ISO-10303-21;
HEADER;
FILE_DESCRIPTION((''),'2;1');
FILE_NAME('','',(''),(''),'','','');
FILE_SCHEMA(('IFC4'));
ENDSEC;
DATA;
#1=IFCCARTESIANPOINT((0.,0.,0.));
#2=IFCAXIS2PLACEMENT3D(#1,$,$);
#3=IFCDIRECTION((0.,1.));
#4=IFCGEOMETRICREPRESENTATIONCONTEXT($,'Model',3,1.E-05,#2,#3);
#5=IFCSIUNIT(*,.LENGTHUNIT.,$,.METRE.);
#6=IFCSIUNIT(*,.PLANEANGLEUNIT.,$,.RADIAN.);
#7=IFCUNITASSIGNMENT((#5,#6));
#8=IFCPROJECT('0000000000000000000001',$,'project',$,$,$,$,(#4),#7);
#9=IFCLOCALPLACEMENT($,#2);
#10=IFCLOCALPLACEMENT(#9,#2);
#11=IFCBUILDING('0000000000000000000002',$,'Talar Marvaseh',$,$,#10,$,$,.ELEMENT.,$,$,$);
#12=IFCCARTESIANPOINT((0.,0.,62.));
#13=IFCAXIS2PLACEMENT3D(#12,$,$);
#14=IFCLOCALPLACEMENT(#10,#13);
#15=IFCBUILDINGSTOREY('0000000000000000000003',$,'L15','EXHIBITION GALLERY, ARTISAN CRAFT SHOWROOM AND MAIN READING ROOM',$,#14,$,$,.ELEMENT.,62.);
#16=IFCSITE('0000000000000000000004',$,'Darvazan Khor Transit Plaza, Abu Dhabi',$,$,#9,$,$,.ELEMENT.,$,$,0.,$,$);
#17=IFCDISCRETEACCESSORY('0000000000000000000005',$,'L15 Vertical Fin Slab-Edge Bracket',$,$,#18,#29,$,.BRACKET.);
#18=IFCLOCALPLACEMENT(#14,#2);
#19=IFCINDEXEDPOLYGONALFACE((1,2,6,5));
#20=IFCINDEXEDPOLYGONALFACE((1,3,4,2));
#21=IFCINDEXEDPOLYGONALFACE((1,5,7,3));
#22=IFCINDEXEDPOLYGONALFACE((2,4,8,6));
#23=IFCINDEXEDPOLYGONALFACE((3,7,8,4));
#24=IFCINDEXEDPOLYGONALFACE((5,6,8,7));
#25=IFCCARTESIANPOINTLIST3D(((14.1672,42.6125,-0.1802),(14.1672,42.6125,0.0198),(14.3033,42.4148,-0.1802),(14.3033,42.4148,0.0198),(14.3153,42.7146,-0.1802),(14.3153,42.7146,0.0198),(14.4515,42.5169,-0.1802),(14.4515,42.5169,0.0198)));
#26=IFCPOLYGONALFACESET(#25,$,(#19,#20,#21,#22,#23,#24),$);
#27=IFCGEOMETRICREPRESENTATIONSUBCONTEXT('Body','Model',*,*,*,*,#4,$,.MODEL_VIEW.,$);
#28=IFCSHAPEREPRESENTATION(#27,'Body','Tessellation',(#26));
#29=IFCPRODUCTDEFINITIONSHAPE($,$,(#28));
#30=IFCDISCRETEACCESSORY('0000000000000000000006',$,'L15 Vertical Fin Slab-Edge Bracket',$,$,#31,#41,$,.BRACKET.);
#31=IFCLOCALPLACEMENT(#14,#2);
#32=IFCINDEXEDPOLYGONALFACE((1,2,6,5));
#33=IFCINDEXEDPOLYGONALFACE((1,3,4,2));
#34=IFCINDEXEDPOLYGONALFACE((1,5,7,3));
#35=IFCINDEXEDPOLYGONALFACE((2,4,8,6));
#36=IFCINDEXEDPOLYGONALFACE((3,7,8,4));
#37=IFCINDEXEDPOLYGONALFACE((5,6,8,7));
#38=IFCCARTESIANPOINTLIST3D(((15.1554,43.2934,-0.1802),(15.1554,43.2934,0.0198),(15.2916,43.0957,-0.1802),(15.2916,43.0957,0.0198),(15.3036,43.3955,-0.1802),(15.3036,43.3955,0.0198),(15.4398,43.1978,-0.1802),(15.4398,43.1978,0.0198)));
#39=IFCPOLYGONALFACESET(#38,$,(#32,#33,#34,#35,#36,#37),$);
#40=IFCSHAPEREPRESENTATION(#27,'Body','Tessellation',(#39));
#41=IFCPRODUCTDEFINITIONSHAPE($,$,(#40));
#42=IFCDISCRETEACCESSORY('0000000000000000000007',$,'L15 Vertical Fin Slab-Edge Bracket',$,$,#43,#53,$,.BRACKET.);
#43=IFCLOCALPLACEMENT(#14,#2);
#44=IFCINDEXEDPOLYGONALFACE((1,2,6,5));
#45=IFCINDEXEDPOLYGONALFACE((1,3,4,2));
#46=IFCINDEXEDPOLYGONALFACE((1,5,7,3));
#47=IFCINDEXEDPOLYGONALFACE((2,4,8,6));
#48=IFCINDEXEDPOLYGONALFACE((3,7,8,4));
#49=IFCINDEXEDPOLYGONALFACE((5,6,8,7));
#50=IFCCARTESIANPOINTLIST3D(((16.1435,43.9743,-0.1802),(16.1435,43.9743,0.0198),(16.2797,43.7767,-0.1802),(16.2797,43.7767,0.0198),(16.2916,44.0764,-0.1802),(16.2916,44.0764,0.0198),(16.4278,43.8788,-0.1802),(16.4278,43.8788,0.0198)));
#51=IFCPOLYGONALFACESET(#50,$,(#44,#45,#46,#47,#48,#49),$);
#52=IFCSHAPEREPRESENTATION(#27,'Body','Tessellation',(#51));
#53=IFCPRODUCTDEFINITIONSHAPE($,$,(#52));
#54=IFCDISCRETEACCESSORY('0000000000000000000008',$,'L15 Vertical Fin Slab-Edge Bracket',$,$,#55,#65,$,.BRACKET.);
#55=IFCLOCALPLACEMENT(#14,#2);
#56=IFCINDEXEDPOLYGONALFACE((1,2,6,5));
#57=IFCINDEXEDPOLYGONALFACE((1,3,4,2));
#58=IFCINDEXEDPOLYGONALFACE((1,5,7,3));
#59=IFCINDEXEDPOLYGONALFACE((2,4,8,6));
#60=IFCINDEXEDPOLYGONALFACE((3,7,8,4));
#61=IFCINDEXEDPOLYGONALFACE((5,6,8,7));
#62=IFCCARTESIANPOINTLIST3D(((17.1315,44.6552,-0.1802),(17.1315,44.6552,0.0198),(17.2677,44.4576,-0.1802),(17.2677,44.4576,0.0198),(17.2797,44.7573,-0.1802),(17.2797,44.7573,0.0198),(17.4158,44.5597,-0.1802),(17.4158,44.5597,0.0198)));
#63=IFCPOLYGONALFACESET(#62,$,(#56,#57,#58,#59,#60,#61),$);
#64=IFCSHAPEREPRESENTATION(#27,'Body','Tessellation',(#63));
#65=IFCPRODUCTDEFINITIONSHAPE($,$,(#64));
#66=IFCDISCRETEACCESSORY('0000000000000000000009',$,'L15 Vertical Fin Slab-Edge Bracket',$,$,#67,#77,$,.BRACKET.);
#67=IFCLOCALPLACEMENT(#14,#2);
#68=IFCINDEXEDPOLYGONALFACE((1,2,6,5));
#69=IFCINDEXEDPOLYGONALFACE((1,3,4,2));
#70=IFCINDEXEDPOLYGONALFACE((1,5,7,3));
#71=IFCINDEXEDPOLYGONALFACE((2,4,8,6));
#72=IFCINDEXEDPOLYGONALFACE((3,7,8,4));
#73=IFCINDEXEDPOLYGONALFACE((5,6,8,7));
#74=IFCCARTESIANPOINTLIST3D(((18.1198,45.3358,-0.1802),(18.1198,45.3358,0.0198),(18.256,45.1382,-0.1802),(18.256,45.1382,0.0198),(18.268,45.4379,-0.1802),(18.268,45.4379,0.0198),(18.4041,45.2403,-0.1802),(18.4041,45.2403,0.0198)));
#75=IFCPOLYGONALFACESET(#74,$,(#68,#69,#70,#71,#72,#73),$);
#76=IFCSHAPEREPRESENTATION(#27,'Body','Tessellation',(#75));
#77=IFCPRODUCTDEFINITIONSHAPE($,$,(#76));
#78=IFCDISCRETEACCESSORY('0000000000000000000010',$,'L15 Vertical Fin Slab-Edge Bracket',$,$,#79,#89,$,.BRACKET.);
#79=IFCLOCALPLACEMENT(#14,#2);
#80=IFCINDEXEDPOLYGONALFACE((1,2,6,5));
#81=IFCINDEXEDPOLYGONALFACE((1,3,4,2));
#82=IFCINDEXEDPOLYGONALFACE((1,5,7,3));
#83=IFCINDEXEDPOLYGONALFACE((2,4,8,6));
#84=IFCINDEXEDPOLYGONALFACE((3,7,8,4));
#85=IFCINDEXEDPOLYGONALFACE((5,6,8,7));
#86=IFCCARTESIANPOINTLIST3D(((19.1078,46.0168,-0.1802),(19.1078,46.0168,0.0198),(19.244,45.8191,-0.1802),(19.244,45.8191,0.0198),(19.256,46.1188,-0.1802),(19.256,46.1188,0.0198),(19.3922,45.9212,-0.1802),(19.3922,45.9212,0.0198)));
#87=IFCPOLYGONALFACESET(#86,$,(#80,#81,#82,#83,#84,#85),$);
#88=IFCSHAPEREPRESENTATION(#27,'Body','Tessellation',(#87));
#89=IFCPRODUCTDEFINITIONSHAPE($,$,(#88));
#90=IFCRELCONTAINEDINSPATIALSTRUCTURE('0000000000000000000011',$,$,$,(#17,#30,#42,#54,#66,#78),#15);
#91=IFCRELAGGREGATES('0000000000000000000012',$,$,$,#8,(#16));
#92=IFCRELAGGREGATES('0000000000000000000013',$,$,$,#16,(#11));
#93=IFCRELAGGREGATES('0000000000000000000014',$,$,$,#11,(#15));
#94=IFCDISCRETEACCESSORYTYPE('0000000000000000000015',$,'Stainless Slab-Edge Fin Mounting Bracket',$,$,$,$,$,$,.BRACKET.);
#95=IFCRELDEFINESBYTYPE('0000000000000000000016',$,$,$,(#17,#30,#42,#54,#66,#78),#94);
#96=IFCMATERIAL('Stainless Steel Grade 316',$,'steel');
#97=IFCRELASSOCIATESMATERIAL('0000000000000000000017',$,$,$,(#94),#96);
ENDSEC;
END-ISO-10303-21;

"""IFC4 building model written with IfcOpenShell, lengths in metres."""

from ifc_helpers import new_model, si_unit, direction, frame, origin, origin_2d, place, context, subcontext, project, spatial, rectangle, extrude, source, transform, mapped, material, type_object, type_shapes, element, save


model = new_model("IFC4")

# Units and contexts
model_context = context("Model", 3, precision=1e-05, world=origin(), true_north=direction((0.0, 1.0)))
body_context = subcontext(model_context, "Body", "Model", "MODEL_VIEW")
ifc_project = project(units=[si_unit("LENGTHUNIT", "METRE"), si_unit("PLANEANGLEUNIT", "RADIAN")], contexts=[model_context])

# Site, building, storey
site_placement = place(None, origin())
site = spatial("IfcSite", under=ifc_project, at=site_placement, Name="Darvazan Khor Transit Plaza, Abu Dhabi", CompositionType="ELEMENT", RefElevation=0.0)
building_placement = place(site_placement, origin())
building = spatial("IfcBuilding", under=site, at=building_placement, Name="Talar Marvaseh", CompositionType="ELEMENT")
storey_placement = place(building_placement, frame((0.0, 0.0, 62.0)))
storey = spatial("IfcBuildingStorey", under=building, at=storey_placement, Name="L15", Description="EXHIBITION GALLERY, ARTISAN CRAFT SHOWROOM AND MAIN READING ROOM", CompositionType="ELEMENT", Elevation=62.0)

# Discrete accessories
ifc_material_1 = material(Name="Stainless Steel Grade 316", Category="steel")
discrete_accessory_type = type_object("IfcDiscreteAccessoryType", Name="Stainless Slab-Edge Fin Mounting Bracket", PredefinedType="BRACKET", material=ifc_material_1)
shared_shape_1 = source(origin(), body_context, "Body", "SweptSolid", [
    extrude(rectangle(XDim=0.24, YDim=0.1799, at=origin_2d()), origin(), (0.0, 0.0, 1.0), 0.2),
])
type_shapes(discrete_accessory_type, [shared_shape_1])
for number, where, z_axis, x_axis, name in (
    (1, (14.3093, 42.5647, -0.1802), (0.0, 0.0, 1.0), (-0.567413, 0.823434, 0.0), "L15 Vertical Fin Slab-Edge Bracket"),
    (2, (15.2976, 43.2456, -0.1802), (0.0, 0.0, 1.0), (-0.567413, 0.823434, 0.0), "L15 Vertical Fin Slab-Edge Bracket"),
    (3, (16.2856, 43.9265, -0.1802), (0.0, 0.0, 1.0), (-0.567413, 0.823434, 0.0), "L15 Vertical Fin Slab-Edge Bracket"),
    (4, (17.2737, 44.6074, -0.1802), (0.0, 0.0, 1.0), (-0.567413, 0.823434, 0.0), "L15 Vertical Fin Slab-Edge Bracket"),
    (5, (18.262, 45.2881, -0.1802), (0.0, 0.0, 1.0), (-0.567413, 0.823434, 0.0), "L15 Vertical Fin Slab-Edge Bracket"),
    (6, (19.25, 45.969, -0.1802), (0.0, 0.0, 1.0), (-0.567413, 0.823434, 0.0), "L15 Vertical Fin Slab-Edge Bracket"),
):
    element("IfcDiscreteAccessory", number, at=place(storey_placement, frame(where, z_axis=z_axis, x_axis=x_axis)), inside=storey, type_object=discrete_accessory_type, Name=name, PredefinedType="BRACKET", context=body_context, shape_type="MappedRepresentation", body=[
        mapped(shared_shape_1, transform((0.0, 0.0, 0.0), x_axis=(1.0, 0.0, 0.0), y_axis=(0.0, 1.0, 0.0), z_axis=(0.0, 0.0, 1.0), scale=1.0)),
    ])

save(model, "model.ifc")
